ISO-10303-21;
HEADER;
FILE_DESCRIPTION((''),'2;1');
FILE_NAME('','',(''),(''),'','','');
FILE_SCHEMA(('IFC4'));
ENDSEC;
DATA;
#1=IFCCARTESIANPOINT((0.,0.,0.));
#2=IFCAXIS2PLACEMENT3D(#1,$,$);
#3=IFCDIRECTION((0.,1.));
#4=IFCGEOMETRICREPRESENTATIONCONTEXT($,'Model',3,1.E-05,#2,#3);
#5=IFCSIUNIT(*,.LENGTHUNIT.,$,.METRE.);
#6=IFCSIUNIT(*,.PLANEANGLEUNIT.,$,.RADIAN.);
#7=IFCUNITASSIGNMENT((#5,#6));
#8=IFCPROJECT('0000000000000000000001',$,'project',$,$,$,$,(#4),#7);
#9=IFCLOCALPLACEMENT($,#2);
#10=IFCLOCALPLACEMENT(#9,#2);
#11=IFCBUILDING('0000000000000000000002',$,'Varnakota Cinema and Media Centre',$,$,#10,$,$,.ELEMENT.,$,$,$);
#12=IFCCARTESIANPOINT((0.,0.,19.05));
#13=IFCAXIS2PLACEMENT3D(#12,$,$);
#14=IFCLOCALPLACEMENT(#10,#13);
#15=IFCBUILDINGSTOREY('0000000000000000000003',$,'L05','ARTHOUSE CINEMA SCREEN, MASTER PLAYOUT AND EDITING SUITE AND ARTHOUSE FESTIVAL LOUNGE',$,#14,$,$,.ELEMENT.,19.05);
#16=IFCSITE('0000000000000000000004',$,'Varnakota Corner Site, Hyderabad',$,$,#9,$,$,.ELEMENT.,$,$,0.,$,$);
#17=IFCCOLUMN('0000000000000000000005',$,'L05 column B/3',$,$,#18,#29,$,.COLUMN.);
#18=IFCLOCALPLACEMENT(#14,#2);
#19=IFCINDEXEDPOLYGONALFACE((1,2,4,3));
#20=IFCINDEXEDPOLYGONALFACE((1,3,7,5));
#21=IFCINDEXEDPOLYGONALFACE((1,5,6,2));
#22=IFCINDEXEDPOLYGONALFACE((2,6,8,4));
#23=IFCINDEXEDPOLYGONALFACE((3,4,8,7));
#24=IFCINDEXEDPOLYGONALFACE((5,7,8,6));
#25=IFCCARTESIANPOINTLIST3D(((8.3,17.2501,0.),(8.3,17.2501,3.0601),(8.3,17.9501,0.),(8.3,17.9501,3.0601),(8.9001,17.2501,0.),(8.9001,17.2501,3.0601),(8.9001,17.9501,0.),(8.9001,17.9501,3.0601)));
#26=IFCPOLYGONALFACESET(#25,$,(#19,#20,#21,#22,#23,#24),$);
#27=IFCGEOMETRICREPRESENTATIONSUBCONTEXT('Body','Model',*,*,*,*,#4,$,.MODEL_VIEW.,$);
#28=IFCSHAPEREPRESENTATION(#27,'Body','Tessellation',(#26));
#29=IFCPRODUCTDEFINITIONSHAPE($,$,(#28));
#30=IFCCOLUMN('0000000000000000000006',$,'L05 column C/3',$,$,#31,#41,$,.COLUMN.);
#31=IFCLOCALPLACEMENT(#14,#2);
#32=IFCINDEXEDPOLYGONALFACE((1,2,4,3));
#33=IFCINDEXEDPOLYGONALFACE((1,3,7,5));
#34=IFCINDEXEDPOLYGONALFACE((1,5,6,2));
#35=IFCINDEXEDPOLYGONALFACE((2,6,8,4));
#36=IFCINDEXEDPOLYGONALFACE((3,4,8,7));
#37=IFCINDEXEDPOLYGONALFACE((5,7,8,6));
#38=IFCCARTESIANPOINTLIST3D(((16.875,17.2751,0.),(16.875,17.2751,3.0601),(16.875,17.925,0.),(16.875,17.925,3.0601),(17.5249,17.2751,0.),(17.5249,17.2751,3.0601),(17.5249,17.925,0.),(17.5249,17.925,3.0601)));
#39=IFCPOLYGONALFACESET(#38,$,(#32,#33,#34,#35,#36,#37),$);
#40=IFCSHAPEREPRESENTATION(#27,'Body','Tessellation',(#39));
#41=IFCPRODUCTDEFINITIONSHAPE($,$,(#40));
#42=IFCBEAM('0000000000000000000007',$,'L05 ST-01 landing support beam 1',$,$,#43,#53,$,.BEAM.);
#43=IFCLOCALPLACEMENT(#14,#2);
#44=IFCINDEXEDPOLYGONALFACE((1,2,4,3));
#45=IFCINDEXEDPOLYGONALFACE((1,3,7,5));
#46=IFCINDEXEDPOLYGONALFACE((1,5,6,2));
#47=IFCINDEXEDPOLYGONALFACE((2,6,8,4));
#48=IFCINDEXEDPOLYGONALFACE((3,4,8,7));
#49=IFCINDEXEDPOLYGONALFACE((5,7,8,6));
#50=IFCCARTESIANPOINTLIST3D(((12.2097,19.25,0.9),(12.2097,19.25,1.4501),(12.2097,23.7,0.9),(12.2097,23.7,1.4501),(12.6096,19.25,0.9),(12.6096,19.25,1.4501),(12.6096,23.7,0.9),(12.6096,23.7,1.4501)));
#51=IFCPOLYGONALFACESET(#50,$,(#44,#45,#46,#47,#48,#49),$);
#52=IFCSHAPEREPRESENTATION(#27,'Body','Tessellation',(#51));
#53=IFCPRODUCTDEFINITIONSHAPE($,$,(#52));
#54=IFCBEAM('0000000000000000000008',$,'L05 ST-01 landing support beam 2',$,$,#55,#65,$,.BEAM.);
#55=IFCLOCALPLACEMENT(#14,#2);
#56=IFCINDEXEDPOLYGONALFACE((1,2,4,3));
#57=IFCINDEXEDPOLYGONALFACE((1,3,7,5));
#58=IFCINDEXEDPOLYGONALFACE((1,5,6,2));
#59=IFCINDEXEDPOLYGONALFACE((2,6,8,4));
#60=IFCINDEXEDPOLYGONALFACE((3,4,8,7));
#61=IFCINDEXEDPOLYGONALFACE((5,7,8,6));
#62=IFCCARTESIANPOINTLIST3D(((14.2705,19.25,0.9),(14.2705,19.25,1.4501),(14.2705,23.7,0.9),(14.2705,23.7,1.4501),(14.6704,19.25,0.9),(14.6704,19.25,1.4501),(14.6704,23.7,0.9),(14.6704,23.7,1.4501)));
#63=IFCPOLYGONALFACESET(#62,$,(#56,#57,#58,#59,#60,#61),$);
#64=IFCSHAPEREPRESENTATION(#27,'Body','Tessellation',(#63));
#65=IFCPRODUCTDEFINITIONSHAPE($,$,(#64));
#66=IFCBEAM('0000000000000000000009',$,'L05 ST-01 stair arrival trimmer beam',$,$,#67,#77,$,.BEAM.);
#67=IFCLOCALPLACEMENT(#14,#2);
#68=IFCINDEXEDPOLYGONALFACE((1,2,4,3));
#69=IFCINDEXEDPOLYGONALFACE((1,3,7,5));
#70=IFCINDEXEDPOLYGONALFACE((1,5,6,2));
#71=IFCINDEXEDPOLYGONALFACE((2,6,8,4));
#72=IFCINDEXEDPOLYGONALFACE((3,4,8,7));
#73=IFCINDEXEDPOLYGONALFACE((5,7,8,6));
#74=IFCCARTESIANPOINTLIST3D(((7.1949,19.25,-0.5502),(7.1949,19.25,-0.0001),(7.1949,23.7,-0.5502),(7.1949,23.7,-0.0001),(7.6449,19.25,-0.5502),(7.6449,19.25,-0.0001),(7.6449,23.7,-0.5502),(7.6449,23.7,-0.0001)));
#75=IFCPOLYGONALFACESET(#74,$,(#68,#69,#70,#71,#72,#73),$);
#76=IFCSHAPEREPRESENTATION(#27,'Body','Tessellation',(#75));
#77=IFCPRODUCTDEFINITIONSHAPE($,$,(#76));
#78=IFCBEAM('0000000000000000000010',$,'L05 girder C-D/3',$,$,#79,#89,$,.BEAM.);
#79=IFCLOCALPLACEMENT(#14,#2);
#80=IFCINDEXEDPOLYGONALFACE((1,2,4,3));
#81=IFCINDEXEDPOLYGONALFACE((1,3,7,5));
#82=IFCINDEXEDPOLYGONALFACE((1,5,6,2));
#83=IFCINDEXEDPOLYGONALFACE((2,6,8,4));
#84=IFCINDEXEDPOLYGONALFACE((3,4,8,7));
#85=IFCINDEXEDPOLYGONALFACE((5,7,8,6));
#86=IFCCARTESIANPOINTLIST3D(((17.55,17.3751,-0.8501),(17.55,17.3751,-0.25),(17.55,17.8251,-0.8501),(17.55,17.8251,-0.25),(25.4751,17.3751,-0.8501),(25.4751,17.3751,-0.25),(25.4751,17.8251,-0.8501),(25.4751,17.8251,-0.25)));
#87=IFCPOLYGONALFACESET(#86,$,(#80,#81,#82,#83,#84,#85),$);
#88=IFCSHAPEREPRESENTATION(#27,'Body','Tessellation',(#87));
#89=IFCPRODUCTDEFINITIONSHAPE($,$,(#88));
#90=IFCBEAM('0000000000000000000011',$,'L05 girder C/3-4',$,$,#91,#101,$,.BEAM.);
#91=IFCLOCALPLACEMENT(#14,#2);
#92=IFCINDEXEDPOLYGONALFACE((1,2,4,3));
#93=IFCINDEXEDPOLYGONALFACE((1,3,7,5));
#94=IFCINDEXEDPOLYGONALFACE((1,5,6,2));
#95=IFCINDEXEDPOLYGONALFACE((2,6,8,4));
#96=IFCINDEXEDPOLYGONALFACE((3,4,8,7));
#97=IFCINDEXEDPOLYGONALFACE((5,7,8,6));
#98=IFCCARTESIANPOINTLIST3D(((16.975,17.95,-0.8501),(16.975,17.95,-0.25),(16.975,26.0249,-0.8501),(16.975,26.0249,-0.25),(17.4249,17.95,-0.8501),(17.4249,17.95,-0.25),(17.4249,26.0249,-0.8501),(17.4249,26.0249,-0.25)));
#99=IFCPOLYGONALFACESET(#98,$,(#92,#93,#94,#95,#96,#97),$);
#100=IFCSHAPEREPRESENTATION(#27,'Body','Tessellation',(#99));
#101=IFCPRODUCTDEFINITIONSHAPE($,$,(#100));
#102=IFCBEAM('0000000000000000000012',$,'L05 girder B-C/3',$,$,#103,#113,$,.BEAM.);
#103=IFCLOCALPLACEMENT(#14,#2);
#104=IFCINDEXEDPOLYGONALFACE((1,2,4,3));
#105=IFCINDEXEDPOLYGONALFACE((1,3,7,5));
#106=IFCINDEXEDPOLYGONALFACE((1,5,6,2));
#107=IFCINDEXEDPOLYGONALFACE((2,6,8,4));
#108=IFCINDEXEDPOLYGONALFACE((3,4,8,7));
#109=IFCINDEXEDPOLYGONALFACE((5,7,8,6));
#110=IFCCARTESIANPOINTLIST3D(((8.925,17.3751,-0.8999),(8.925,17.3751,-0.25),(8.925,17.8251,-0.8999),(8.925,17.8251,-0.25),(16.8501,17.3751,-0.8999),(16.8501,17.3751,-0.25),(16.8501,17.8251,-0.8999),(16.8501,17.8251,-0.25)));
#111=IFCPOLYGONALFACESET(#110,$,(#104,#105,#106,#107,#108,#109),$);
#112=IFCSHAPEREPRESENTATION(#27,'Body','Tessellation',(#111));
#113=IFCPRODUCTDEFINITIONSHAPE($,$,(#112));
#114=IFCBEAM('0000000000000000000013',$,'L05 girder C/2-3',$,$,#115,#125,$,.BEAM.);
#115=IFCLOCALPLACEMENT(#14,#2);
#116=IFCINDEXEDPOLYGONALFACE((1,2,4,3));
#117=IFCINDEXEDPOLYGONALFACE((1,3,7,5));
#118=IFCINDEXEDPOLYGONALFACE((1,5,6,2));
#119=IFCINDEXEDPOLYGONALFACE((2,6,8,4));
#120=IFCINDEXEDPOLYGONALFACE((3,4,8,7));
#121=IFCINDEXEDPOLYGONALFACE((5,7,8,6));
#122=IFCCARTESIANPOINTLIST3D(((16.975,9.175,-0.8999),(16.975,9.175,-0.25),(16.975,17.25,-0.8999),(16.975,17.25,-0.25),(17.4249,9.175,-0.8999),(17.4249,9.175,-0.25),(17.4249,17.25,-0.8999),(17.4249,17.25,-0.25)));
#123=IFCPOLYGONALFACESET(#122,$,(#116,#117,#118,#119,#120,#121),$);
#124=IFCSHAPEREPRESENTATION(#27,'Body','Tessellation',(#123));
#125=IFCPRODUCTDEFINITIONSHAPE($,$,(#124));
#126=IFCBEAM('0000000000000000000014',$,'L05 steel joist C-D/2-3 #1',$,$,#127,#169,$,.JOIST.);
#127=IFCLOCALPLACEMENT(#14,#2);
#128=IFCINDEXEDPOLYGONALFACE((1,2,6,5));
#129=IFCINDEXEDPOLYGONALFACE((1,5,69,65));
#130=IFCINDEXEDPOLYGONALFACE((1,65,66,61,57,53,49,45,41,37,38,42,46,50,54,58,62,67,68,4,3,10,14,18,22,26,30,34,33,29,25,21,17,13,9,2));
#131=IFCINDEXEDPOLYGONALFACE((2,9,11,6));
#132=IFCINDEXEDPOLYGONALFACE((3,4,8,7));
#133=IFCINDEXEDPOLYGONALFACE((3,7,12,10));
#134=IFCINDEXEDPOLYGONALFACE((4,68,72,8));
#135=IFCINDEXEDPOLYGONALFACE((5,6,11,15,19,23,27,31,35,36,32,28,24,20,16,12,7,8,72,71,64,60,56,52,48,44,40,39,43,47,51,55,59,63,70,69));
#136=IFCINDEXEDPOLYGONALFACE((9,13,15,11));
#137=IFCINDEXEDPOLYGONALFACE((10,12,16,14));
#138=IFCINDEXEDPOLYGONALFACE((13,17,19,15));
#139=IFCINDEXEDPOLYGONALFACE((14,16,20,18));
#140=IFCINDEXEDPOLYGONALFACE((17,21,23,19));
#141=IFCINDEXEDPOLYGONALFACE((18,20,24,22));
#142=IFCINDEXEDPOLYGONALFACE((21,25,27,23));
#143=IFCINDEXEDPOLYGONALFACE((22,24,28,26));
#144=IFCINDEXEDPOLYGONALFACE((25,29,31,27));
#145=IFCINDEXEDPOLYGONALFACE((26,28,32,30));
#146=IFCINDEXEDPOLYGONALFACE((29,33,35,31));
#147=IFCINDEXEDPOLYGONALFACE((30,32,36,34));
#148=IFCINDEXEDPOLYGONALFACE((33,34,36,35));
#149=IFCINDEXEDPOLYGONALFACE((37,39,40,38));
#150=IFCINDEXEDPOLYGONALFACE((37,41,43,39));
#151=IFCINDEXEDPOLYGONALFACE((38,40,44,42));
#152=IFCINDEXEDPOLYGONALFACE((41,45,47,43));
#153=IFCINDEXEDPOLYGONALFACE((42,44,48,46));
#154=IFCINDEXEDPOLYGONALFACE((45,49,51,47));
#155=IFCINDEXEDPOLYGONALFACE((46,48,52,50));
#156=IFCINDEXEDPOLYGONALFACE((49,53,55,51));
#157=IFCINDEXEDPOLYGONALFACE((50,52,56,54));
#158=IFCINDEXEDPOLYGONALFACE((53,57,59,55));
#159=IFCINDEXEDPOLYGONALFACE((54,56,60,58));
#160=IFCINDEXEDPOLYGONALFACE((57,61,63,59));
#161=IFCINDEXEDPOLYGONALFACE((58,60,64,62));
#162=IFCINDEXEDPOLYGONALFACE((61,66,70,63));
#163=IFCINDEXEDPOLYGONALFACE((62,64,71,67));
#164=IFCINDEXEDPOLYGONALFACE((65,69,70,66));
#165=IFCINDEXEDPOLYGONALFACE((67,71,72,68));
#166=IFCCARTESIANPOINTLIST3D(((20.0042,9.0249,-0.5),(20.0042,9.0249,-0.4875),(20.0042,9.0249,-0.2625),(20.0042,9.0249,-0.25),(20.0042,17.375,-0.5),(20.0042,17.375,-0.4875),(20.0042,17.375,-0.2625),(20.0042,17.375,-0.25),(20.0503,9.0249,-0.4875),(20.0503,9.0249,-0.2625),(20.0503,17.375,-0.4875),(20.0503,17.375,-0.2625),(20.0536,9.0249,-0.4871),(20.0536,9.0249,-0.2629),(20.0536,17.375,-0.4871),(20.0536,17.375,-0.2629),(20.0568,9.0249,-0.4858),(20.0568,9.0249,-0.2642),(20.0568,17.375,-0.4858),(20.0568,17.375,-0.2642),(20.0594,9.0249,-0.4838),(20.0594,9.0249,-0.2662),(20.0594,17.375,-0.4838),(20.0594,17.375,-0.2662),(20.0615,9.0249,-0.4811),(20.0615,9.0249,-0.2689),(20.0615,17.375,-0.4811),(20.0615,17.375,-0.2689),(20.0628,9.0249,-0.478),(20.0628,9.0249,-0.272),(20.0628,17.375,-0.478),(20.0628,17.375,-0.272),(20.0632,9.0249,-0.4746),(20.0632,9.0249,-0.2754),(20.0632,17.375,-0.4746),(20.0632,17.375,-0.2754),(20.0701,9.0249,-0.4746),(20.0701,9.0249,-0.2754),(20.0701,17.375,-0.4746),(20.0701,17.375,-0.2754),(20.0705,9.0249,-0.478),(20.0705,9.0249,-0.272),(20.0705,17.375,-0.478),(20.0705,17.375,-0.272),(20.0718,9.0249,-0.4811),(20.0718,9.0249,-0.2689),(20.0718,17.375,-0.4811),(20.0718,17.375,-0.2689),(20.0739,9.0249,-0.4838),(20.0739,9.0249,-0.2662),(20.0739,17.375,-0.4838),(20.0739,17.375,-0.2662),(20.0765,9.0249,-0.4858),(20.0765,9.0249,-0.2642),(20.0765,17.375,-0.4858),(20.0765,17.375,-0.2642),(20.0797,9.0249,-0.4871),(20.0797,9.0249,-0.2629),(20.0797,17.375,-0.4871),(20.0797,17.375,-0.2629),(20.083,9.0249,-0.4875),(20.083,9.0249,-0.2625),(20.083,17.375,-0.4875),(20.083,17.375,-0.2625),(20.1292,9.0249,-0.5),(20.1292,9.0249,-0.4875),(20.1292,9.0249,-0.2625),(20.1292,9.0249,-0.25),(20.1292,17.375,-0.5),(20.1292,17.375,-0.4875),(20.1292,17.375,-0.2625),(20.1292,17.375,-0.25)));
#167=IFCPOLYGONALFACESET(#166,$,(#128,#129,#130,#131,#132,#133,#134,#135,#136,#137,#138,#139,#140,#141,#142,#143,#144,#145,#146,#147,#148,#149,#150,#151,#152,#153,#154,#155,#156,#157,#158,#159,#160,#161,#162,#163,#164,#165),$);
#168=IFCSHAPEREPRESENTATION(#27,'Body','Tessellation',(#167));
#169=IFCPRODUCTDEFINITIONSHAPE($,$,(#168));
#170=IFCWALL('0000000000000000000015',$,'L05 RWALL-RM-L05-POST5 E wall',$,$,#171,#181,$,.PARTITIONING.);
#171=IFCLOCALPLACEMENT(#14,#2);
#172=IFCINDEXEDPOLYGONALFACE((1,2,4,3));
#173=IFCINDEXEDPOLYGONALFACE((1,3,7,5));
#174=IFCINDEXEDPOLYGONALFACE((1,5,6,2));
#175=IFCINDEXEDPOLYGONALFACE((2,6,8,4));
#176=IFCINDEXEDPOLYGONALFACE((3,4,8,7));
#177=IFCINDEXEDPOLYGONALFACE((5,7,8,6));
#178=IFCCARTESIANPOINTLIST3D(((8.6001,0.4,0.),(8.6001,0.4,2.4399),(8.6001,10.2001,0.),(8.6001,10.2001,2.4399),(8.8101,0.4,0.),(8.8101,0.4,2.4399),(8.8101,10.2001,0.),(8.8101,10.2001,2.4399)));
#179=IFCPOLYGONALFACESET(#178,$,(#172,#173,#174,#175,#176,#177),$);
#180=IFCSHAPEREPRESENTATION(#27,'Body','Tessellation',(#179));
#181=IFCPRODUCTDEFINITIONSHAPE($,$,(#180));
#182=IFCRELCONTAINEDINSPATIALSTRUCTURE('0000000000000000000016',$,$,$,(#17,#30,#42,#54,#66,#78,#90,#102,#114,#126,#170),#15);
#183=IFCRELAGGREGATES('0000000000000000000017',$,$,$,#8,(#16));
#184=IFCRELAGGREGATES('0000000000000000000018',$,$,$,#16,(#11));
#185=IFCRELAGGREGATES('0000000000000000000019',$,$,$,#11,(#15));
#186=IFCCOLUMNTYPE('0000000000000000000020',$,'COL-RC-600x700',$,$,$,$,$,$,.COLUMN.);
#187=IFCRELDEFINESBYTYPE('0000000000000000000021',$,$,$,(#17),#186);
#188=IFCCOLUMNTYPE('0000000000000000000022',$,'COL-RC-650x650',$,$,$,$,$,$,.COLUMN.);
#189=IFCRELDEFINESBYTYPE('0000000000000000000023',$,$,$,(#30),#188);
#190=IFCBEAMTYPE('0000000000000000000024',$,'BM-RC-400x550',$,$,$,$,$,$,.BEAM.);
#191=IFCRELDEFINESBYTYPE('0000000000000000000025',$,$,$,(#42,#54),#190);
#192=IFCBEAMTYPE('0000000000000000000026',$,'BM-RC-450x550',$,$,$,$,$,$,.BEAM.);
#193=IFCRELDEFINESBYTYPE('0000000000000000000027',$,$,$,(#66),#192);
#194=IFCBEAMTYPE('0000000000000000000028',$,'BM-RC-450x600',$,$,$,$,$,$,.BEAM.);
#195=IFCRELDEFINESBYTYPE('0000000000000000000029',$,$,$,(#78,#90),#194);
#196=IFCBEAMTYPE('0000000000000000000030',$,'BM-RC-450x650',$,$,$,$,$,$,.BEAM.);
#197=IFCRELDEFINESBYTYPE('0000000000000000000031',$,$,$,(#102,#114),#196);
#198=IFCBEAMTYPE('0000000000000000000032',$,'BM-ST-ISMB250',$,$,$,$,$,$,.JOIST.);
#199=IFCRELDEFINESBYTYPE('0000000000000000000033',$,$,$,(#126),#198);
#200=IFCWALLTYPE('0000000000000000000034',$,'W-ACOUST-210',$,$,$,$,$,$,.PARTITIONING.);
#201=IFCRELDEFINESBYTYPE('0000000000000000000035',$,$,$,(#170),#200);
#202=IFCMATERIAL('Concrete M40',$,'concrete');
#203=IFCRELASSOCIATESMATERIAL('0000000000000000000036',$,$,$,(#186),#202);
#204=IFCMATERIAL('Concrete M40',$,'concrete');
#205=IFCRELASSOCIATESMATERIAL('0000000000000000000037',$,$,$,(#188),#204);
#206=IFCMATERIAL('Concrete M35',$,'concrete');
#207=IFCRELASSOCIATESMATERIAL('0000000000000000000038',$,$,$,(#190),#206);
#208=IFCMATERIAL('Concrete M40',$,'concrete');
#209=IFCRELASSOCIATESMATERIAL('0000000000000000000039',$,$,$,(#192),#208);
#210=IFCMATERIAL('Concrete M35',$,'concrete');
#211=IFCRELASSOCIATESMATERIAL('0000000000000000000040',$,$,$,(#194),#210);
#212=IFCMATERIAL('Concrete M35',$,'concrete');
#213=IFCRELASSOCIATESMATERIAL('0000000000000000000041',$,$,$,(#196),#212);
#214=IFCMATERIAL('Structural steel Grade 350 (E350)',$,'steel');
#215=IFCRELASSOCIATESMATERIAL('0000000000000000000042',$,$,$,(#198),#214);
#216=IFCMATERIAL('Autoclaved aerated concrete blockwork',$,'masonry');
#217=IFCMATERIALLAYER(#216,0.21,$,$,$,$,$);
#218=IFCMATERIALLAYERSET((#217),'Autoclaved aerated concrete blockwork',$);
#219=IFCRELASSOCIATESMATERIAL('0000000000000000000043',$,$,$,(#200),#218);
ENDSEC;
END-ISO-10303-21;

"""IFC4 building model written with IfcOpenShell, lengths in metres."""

from ifc_helpers import new_model, si_unit, direction, frame, frame_2d, origin, origin_2d, place, context, subcontext, project, spatial, rectangle, i_section, extrude, material, layer, layer_set, material_profile, profile_set, type_object, element, save


model = new_model("IFC4")

# Units and contexts
model_context = context("Model", 3, precision=1e-05, world=origin(), true_north=direction((0.0, 1.0)))
body_context = subcontext(model_context, "Body", "Model", "MODEL_VIEW")
ifc_project = project(units=[si_unit("LENGTHUNIT", "METRE"), si_unit("PLANEANGLEUNIT", "RADIAN")], contexts=[model_context])

# Site, building, storey
site_placement = place(None, origin())
site = spatial("IfcSite", under=ifc_project, at=site_placement, Name="Varnakota Corner Site, Hyderabad", CompositionType="ELEMENT", RefElevation=0.0)
building_placement = place(site_placement, origin())
building = spatial("IfcBuilding", under=site, at=building_placement, Name="Varnakota Cinema and Media Centre", CompositionType="ELEMENT")
storey_placement = place(building_placement, frame((0.0, 0.0, 19.05)))
storey = spatial("IfcBuildingStorey", under=building, at=storey_placement, Name="L05", Description="ARTHOUSE CINEMA SCREEN, MASTER PLAYOUT AND EDITING SUITE AND ARTHOUSE FESTIVAL LOUNGE", CompositionType="ELEMENT", Elevation=19.05)

# Columns
ifc_material_1 = material(Name="Concrete M40", Category="concrete")
ifc_material_profile_1 = material_profile(ifc_material_1, rectangle(XDim=0.6001, YDim=0.7, at=origin_2d()), Name="RC 600x700")
ifc_profile_set_1 = profile_set([ifc_material_profile_1], Name="Concrete M40")
column_type_1 = type_object("IfcColumnType", Name="COL-RC-600x700", PredefinedType="COLUMN", material=ifc_profile_set_1)
column_1_placement = place(storey_placement, frame((8.6001, 17.6001, 0.0), z_axis=(0.0, 0.0, 1.0), x_axis=(1.0, 0.0, 0.0)))
element("IfcColumn", 1, at=column_1_placement, inside=storey, type_object=column_type_1, Name="L05 column B/3", PredefinedType="COLUMN", context=body_context, shape_type="SweptSolid", body=[
    extrude(rectangle(XDim=0.6001, YDim=0.7, at=origin_2d()), origin(), (0.0, 0.0, 1.0), 3.0601),
])
ifc_material_2 = material(Name="Concrete M40", Category="concrete")
ifc_material_profile_2 = material_profile(ifc_material_2, rectangle(XDim=0.6499, YDim=0.6499, at=origin_2d()), Name="RC 650x650")
ifc_profile_set_2 = profile_set([ifc_material_profile_2], Name="Concrete M40")
column_type_2 = type_object("IfcColumnType", Name="COL-RC-650x650", PredefinedType="COLUMN", material=ifc_profile_set_2)
column_2_placement = place(storey_placement, frame((17.2, 17.6001, 0.0), z_axis=(0.0, 0.0, 1.0), x_axis=(1.0, 0.0, 0.0)))
element("IfcColumn", 2, at=column_2_placement, inside=storey, type_object=column_type_2, Name="L05 column C/3", PredefinedType="COLUMN", context=body_context, shape_type="SweptSolid", body=[
    extrude(rectangle(XDim=0.6499, YDim=0.6499, at=origin_2d()), origin(), (0.0, 0.0, 1.0), 3.0601),
])

# Beams
ifc_material_3 = material(Name="Concrete M35", Category="concrete")
ifc_material_profile_3 = material_profile(ifc_material_3, rectangle(XDim=0.3999, YDim=0.55, at=origin_2d()), Name="RCB 400x550")
ifc_profile_set_3 = profile_set([ifc_material_profile_3], Name="Concrete M35")
beam_type_1 = type_object("IfcBeamType", Name="BM-RC-400x550", PredefinedType="BEAM", material=ifc_profile_set_3)
for number, where, z_axis, x_axis, name in (
    (3, (12.4097, 19.25, 1.175), (0.0, 1.0, 0.0), (-1.0, 0.0, 0.0), "L05 ST-01 landing support beam 1"),
    (4, (14.4705, 19.25, 1.175), (0.0, 1.0, 0.0), (-1.0, 0.0, 0.0), "L05 ST-01 landing support beam 2"),
):
    element("IfcBeam", number, at=place(storey_placement, frame(where, z_axis=z_axis, x_axis=x_axis)), inside=storey, type_object=beam_type_1, Name=name, PredefinedType="BEAM", context=body_context, shape_type="SweptSolid", body=[
        extrude(rectangle(XDim=0.3999, YDim=0.55, at=origin_2d()), origin(), (0.0, 0.0, 1.0), 4.45),
    ])
ifc_material_4 = material(Name="Concrete M40", Category="concrete")
ifc_material_profile_4 = material_profile(ifc_material_4, rectangle(XDim=0.45, YDim=0.55, at=origin_2d()), Name="RCB 450x550")
ifc_profile_set_4 = profile_set([ifc_material_profile_4], Name="Concrete M40")
beam_type_2 = type_object("IfcBeamType", Name="BM-RC-450x550", PredefinedType="BEAM", material=ifc_profile_set_4)
beam_1_placement = place(storey_placement, frame((7.4199, 19.25, -0.2751), z_axis=(0.0, 1.0, 0.0), x_axis=(-1.0, 0.0, 0.0)))
element("IfcBeam", 5, at=beam_1_placement, inside=storey, type_object=beam_type_2, Name="L05 ST-01 stair arrival trimmer beam", PredefinedType="BEAM", context=body_context, shape_type="SweptSolid", body=[
    extrude(rectangle(XDim=0.45, YDim=0.55, at=origin_2d()), origin(), (0.0, 0.0, 1.0), 4.45),
])
ifc_material_5 = material(Name="Concrete M35", Category="concrete")
ifc_material_profile_5 = material_profile(ifc_material_5, rectangle(XDim=0.45, YDim=0.6001, at=origin_2d()), Name="RCB 450x600")
ifc_profile_set_5 = profile_set([ifc_material_profile_5], Name="Concrete M35")
beam_type_3 = type_object("IfcBeamType", Name="BM-RC-450x600", PredefinedType="BEAM", material=ifc_profile_set_5)
beam_2_placement = place(storey_placement, frame((17.55, 17.6001, -0.55), z_axis=(1.0, 0.0, 0.0), x_axis=(0.0, 1.0, 0.0)))
element("IfcBeam", 6, at=beam_2_placement, inside=storey, type_object=beam_type_3, Name="L05 girder C-D/3", PredefinedType="BEAM", context=body_context, shape_type="SweptSolid", body=[
    extrude(rectangle(XDim=0.45, YDim=0.6001, at=origin_2d()), origin(), (0.0, 0.0, 1.0), 7.925),
])
beam_3_placement = place(storey_placement, frame((17.2, 17.95, -0.55), z_axis=(0.0, 1.0, 0.0), x_axis=(-1.0, 0.0, 0.0)))
element("IfcBeam", 7, at=beam_3_placement, inside=storey, type_object=beam_type_3, Name="L05 girder C/3-4", PredefinedType="BEAM", context=body_context, shape_type="SweptSolid", body=[
    extrude(rectangle(XDim=0.45, YDim=0.6001, at=origin_2d()), origin(), (0.0, 0.0, 1.0), 8.075),
])
ifc_material_6 = material(Name="Concrete M35", Category="concrete")
ifc_material_profile_6 = material_profile(ifc_material_6, rectangle(XDim=0.45, YDim=0.6499, at=origin_2d()), Name="RCB 450x650")
ifc_profile_set_6 = profile_set([ifc_material_profile_6], Name="Concrete M35")
beam_type_4 = type_object("IfcBeamType", Name="BM-RC-450x650", PredefinedType="BEAM", material=ifc_profile_set_6)
beam_4_placement = place(storey_placement, frame((8.925, 17.6001, -0.575), z_axis=(1.0, 0.0, 0.0), x_axis=(0.0, 1.0, 0.0)))
element("IfcBeam", 8, at=beam_4_placement, inside=storey, type_object=beam_type_4, Name="L05 girder B-C/3", PredefinedType="BEAM", context=body_context, shape_type="SweptSolid", body=[
    extrude(rectangle(XDim=0.45, YDim=0.6499, at=origin_2d()), origin(), (0.0, 0.0, 1.0), 7.925),
])
beam_5_placement = place(storey_placement, frame((17.2, 9.175, -0.575), z_axis=(0.0, 1.0, 0.0), x_axis=(-1.0, 0.0, 0.0)))
element("IfcBeam", 9, at=beam_5_placement, inside=storey, type_object=beam_type_4, Name="L05 girder C/2-3", PredefinedType="BEAM", context=body_context, shape_type="SweptSolid", body=[
    extrude(rectangle(XDim=0.45, YDim=0.6499, at=origin_2d()), origin(), (0.0, 0.0, 1.0), 8.075),
])
ifc_material_7 = material(Name="Structural steel Grade 350 (E350)", Category="steel")
ifc_material_profile_7 = material_profile(ifc_material_7, i_section(OverallWidth=0.125, OverallDepth=0.25, WebThickness=0.0068, FlangeThickness=0.0125, FilletRadius=0.0129, at=origin_2d()), Name="ISMB 250")
ifc_profile_set_7 = profile_set([ifc_material_profile_7], Name="Structural steel Grade 350 (E350)")
beam_type_5 = type_object("IfcBeamType", Name="BM-ST-ISMB250", PredefinedType="JOIST", material=ifc_profile_set_7)
beam_6_placement = place(storey_placement, frame((20.0667, 9.0249, -0.375), z_axis=(0.0, 1.0, 0.0), x_axis=(-1.0, 0.0, 0.0)))
element("IfcBeam", 10, at=beam_6_placement, inside=storey, type_object=beam_type_5, Name="L05 steel joist C-D/2-3 #1", PredefinedType="JOIST", context=body_context, shape_type="SweptSolid", body=[
    extrude(i_section(OverallWidth=0.125, OverallDepth=0.25, WebThickness=0.0068, FlangeThickness=0.0125, FilletRadius=0.0129, at=origin_2d()), origin(), (0.0, 0.0, 1.0), 8.3501),
])

# Wall
ifc_material_8 = material(Name="Autoclaved aerated concrete blockwork", Category="masonry")
ifc_layer_1 = layer(ifc_material_8, 0.21)
ifc_layer_set_1 = layer_set([ifc_layer_1], Name="Autoclaved aerated concrete blockwork")
wall_type_1 = type_object("IfcWallType", Name="W-ACOUST-210", PredefinedType="PARTITIONING", material=ifc_layer_set_1)
wall_1_placement = place(storey_placement, frame((8.7051, 10.2, 0.0), z_axis=(0.0, 0.0, 1.0), x_axis=(0.0, -1.0, 0.0)))
element("IfcWall", 11, at=wall_1_placement, inside=storey, type_object=wall_type_1, Name="L05 RWALL-RM-L05-POST5 E wall", PredefinedType="PARTITIONING", context=body_context, shape_type="SweptSolid", body=[
    extrude(rectangle(XDim=9.8, YDim=0.21, at=frame_2d((4.8999, 0.0))), origin(), (0.0, 0.0, 1.0), 2.4399),
])

save(model, "model.ifc")
